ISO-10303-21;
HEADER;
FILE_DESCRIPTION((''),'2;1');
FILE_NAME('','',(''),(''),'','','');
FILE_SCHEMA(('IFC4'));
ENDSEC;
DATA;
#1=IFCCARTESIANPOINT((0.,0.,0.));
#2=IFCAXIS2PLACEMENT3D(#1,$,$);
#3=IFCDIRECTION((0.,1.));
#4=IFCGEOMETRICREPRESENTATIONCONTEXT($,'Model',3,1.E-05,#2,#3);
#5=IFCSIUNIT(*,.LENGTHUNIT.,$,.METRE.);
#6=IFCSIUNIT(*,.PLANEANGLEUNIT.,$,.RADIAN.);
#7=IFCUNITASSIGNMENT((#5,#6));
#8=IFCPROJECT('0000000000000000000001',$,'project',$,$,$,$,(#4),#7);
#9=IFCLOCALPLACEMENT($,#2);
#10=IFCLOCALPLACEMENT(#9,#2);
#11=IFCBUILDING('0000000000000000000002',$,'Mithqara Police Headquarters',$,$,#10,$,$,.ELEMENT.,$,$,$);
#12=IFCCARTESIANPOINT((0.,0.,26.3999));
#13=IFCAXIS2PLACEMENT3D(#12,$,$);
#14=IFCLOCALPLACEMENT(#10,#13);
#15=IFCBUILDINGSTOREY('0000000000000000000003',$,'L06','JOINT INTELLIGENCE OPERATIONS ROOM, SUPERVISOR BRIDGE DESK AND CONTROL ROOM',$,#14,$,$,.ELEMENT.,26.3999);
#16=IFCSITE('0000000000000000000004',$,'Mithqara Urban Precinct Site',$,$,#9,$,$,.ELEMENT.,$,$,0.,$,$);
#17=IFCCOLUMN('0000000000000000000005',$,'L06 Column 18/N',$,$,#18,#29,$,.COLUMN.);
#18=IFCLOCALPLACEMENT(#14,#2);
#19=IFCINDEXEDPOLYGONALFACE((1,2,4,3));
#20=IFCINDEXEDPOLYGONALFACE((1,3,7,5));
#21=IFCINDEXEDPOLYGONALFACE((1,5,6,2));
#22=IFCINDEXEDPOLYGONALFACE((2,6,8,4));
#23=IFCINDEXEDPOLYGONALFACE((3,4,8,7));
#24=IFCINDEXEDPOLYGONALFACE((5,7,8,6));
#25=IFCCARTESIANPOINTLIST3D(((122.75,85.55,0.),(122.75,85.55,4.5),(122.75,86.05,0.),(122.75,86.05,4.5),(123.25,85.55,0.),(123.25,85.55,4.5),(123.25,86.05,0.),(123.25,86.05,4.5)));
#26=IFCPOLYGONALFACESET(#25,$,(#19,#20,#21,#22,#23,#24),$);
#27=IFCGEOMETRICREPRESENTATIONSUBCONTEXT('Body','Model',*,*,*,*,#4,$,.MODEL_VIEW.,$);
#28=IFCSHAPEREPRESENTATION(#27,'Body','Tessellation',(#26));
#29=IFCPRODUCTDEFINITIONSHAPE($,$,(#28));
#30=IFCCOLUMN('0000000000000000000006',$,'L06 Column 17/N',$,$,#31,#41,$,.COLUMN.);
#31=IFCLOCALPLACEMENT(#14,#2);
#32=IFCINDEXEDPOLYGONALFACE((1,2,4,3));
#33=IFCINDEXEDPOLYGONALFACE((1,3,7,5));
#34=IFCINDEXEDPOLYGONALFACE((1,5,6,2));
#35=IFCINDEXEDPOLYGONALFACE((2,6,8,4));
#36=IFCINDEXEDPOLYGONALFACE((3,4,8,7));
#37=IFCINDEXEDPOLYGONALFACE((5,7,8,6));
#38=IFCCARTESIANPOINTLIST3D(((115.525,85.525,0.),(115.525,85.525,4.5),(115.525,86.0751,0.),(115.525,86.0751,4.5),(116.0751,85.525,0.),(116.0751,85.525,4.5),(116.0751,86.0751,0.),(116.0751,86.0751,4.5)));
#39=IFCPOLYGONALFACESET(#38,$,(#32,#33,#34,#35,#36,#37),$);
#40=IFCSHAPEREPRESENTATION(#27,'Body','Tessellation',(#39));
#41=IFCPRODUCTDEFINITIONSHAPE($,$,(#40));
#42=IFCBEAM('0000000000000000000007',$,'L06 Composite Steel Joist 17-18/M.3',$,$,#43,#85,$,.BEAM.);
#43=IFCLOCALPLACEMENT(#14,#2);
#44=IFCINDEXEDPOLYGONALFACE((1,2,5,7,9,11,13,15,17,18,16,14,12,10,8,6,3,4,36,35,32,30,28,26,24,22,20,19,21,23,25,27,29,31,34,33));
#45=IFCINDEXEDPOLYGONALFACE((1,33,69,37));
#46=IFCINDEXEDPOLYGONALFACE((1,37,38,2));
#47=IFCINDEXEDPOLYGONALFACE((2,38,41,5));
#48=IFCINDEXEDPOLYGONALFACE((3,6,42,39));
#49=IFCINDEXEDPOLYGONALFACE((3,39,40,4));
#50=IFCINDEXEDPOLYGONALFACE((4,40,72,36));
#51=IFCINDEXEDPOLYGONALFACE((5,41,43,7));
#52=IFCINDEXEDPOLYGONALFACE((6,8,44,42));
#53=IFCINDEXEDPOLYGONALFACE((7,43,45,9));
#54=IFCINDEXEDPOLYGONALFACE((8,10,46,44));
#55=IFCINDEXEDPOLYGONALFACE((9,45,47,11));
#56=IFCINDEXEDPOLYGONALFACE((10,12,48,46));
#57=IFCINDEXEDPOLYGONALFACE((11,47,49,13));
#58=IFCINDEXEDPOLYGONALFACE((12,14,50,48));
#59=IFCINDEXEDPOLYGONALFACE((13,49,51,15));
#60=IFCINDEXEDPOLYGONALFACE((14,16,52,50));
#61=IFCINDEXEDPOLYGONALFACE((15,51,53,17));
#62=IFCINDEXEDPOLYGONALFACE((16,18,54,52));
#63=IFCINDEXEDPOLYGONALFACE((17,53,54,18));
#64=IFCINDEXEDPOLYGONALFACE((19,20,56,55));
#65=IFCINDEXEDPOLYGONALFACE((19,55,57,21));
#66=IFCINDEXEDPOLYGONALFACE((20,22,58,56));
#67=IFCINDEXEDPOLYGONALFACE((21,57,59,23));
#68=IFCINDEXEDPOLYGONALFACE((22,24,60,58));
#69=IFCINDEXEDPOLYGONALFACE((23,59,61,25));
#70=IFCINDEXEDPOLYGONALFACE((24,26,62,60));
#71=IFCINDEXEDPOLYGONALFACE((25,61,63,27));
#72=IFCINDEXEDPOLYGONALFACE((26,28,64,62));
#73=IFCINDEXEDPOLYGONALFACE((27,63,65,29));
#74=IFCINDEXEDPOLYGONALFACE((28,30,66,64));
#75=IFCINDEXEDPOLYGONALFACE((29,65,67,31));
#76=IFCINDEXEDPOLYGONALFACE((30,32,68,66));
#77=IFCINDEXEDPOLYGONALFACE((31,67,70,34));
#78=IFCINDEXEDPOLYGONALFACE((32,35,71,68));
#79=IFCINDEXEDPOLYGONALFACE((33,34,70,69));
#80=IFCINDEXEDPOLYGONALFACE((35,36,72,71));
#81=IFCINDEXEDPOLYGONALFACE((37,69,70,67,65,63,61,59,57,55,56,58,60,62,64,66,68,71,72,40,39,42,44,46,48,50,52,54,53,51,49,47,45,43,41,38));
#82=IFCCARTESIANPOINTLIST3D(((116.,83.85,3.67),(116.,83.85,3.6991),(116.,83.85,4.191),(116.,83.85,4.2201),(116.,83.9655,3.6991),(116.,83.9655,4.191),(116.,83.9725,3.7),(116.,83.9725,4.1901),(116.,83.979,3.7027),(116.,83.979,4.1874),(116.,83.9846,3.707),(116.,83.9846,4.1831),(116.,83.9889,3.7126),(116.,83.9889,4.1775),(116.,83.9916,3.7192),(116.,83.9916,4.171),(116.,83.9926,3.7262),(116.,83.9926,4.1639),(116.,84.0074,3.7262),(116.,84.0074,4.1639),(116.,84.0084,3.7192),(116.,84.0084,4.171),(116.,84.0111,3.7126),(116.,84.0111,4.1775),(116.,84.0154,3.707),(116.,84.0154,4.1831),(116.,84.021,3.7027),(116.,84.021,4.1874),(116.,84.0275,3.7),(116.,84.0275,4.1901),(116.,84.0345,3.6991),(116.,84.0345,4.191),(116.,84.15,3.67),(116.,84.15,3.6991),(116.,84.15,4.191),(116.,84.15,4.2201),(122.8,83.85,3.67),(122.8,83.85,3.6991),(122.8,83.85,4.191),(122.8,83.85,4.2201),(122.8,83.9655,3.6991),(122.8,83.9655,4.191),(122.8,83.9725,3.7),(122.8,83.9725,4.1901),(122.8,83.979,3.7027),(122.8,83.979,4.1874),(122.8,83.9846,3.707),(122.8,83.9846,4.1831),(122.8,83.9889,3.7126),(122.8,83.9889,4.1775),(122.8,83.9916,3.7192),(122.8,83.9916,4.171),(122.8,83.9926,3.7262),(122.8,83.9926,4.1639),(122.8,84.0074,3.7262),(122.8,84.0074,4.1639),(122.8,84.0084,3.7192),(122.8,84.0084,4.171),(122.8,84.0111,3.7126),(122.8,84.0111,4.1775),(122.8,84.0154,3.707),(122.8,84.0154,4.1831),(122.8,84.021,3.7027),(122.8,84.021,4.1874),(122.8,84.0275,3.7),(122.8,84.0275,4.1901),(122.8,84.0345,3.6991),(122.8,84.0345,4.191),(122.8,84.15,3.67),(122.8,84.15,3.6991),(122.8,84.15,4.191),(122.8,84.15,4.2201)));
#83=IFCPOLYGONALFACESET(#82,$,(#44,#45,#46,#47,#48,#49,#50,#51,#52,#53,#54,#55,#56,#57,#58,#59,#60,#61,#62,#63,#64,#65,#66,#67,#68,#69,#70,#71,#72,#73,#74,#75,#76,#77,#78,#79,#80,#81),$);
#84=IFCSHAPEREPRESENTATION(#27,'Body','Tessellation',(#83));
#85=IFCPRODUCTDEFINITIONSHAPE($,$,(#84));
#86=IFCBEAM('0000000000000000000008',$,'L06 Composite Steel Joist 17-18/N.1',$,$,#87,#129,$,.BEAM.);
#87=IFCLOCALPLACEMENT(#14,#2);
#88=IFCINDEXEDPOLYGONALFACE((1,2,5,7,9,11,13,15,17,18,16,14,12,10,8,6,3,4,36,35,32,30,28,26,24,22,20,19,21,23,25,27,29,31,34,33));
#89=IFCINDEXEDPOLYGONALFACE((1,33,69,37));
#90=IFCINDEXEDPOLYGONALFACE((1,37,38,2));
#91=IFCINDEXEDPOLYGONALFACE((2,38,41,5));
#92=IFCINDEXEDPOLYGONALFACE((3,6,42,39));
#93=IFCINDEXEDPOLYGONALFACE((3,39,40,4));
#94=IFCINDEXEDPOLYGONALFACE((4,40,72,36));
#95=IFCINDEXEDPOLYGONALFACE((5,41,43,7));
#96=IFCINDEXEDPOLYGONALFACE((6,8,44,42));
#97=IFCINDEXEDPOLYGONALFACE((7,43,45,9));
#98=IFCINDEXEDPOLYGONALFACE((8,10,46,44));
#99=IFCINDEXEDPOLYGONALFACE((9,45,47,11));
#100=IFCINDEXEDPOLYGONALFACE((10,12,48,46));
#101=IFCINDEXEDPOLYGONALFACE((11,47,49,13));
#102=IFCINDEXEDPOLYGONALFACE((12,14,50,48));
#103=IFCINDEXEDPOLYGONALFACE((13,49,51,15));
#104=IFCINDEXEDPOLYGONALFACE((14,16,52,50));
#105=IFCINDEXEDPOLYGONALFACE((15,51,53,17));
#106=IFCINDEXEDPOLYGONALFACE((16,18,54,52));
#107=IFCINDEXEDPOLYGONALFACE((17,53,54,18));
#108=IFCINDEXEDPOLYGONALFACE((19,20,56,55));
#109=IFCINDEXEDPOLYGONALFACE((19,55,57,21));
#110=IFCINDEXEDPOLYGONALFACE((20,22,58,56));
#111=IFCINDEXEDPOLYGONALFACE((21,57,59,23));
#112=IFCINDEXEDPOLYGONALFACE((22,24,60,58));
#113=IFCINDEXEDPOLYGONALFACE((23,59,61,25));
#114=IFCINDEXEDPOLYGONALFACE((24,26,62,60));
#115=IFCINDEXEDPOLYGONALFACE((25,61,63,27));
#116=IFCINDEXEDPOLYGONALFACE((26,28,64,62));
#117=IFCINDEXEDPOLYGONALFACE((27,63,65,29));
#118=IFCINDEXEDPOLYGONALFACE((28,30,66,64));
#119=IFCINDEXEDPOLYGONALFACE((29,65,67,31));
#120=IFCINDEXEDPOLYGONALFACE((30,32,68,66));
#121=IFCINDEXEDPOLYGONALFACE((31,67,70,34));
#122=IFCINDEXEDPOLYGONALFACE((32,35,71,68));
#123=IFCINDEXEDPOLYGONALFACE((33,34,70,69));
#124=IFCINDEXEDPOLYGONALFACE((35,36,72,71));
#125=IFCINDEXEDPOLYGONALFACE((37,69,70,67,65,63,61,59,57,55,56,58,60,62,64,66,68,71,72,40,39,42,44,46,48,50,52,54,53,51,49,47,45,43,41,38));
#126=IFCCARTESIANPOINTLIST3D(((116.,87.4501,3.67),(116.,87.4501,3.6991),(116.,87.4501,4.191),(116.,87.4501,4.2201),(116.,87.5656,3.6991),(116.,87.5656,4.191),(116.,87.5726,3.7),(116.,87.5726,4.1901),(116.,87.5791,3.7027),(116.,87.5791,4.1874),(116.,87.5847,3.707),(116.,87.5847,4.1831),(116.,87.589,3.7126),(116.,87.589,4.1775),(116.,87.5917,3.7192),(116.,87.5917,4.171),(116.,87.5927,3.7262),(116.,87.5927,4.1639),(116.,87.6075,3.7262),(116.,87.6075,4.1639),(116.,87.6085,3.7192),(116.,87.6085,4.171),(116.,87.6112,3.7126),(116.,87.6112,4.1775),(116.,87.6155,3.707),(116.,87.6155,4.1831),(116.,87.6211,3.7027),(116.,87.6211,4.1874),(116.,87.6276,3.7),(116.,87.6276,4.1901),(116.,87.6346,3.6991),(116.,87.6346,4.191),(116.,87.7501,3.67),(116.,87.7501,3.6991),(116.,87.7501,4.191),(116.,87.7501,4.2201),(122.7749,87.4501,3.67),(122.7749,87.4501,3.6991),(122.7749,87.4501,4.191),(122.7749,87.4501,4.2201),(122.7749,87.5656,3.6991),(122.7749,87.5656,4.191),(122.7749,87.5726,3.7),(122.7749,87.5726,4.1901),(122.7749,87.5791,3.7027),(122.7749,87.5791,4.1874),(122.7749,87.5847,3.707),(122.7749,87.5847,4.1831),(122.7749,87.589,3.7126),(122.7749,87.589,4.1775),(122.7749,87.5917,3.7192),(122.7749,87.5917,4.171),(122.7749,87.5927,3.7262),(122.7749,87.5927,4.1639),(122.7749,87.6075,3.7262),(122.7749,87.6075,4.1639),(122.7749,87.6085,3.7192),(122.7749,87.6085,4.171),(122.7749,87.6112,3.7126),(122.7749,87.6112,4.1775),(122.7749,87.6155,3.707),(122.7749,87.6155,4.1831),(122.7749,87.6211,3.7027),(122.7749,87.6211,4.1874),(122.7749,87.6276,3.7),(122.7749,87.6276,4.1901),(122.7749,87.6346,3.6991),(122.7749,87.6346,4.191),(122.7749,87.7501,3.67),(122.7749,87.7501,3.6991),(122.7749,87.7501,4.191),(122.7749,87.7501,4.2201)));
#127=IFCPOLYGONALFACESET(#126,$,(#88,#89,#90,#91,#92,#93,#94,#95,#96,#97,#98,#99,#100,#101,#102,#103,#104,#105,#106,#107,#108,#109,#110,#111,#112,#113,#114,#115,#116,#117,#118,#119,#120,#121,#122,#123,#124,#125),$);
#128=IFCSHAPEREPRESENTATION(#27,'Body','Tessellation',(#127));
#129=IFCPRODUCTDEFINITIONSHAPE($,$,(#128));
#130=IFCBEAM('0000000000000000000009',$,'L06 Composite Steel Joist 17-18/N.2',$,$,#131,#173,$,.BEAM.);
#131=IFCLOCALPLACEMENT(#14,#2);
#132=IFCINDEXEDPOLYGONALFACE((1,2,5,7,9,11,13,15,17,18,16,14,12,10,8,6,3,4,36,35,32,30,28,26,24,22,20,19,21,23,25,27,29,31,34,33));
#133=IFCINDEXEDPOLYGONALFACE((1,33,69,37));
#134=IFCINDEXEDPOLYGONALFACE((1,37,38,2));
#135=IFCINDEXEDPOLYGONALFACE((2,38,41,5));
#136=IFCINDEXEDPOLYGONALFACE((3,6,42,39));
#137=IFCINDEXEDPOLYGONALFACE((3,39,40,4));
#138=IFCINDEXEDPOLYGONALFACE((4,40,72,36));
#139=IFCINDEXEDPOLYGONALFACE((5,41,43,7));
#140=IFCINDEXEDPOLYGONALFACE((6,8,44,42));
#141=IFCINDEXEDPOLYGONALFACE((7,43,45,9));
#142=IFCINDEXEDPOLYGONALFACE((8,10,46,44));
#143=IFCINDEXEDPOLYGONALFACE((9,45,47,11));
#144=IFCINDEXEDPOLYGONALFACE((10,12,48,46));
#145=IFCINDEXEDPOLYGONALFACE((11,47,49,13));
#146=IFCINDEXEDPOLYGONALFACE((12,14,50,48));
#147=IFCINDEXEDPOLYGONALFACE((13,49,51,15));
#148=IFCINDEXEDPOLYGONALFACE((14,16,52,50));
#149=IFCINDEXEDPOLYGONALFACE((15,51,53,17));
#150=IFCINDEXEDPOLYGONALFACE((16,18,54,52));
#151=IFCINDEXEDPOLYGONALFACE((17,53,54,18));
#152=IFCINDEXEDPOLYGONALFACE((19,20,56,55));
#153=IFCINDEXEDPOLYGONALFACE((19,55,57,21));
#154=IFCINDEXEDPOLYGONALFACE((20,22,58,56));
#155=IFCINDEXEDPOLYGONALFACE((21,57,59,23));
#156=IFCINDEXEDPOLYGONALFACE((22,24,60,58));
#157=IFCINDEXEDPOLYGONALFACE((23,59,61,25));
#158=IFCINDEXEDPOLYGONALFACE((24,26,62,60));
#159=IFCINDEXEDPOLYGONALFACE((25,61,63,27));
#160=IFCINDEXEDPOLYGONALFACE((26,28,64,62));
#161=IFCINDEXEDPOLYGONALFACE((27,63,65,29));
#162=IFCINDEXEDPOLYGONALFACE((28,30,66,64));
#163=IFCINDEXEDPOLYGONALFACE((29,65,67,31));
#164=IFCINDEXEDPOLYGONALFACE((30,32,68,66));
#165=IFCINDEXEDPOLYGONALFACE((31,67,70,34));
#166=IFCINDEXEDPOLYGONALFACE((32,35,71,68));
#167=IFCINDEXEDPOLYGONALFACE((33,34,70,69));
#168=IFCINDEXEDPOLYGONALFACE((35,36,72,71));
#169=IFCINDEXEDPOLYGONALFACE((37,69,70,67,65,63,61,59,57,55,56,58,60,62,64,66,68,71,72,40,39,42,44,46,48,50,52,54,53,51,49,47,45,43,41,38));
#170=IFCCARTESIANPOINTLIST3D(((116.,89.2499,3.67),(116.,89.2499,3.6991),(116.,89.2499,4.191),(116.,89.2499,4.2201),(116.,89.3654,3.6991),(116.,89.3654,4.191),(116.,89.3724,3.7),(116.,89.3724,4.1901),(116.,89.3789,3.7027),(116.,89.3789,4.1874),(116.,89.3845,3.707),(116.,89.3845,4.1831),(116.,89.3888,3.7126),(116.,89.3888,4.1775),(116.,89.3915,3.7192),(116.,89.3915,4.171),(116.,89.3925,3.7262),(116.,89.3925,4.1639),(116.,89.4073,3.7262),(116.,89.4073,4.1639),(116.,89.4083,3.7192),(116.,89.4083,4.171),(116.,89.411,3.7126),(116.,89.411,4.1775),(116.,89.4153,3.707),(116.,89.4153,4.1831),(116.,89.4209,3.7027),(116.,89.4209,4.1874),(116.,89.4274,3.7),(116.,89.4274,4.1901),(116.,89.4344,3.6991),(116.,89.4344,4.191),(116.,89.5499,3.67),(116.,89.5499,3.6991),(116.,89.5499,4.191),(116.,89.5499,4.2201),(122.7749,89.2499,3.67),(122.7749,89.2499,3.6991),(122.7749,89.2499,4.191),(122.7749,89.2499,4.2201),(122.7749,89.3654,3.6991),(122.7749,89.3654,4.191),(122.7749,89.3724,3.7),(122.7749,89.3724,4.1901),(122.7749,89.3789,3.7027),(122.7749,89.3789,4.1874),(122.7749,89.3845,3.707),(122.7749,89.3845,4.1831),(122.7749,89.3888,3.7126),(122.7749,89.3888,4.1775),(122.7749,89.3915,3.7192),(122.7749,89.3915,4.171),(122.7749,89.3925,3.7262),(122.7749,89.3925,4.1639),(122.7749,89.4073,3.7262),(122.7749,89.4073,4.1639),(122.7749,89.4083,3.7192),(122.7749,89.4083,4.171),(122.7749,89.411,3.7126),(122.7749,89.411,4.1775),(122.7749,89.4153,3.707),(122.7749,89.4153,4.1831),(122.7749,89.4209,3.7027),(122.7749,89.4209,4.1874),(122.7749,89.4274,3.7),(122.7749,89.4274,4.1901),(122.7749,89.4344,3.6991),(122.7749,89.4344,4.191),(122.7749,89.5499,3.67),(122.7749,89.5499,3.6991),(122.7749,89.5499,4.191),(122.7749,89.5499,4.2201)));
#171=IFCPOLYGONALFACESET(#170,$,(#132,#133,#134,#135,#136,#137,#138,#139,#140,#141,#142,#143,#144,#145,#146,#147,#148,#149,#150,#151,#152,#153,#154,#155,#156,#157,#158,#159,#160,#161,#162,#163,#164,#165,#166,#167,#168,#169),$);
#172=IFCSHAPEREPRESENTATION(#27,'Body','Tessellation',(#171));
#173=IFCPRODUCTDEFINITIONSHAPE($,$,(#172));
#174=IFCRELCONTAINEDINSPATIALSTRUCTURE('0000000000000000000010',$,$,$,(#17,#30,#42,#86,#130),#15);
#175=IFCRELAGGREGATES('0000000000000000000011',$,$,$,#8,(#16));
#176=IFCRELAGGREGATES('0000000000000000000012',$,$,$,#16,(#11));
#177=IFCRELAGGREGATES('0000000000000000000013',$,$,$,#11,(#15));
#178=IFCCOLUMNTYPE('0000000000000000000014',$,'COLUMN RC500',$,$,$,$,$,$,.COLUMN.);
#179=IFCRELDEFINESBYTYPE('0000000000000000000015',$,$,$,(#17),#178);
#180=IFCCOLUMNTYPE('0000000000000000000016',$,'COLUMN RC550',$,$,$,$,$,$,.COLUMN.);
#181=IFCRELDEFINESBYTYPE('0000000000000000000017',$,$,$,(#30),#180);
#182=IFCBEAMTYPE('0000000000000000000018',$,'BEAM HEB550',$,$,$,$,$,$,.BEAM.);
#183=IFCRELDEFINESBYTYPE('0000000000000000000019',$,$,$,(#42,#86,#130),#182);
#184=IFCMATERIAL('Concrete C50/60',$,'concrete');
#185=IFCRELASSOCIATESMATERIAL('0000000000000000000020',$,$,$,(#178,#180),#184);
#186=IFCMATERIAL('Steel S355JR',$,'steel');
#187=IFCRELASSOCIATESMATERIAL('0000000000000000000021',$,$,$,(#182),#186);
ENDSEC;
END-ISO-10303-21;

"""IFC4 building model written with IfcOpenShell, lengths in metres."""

from ifc_helpers import new_model, si_unit, direction, frame, origin, origin_2d, place, context, subcontext, project, spatial, rectangle, i_section, extrude, material, material_profile, profile_set, type_object, element, save


model = new_model("IFC4")

# Units and contexts
model_context = context("Model", 3, precision=1e-05, world=origin(), true_north=direction((0.0, 1.0)))
body_context = subcontext(model_context, "Body", "Model", "MODEL_VIEW")
ifc_project = project(units=[si_unit("LENGTHUNIT", "METRE"), si_unit("PLANEANGLEUNIT", "RADIAN")], contexts=[model_context])

# Site, building, storey
site_placement = place(None, origin())
site = spatial("IfcSite", under=ifc_project, at=site_placement, Name="Mithqara Urban Precinct Site", CompositionType="ELEMENT", RefElevation=0.0)
building_placement = place(site_placement, origin())
building = spatial("IfcBuilding", under=site, at=building_placement, Name="Mithqara Police Headquarters", CompositionType="ELEMENT")
storey_placement = place(building_placement, frame((0.0, 0.0, 26.3999)))
storey = spatial("IfcBuildingStorey", under=building, at=storey_placement, Name="L06", Description="JOINT INTELLIGENCE OPERATIONS ROOM, SUPERVISOR BRIDGE DESK AND CONTROL ROOM", CompositionType="ELEMENT", Elevation=26.3999)

# Columns
ifc_material_1 = material(Name="Concrete C50/60", Category="concrete")
ifc_material_profile_1 = material_profile(ifc_material_1, rectangle(XDim=0.5, YDim=0.5, at=origin_2d()), Name="RC 500x500")
ifc_profile_set_1 = profile_set([ifc_material_profile_1], Name="Concrete C50/60")
column_type_1 = type_object("IfcColumnType", Name="COLUMN RC500", PredefinedType="COLUMN", material=ifc_profile_set_1)
column_1_placement = place(storey_placement, frame((123.0, 85.8, 0.0), z_axis=(0.0, 0.0, 1.0), x_axis=(1.0, 0.0, 0.0)))
element("IfcColumn", 1, at=column_1_placement, inside=storey, type_object=column_type_1, Name="L06 Column 18/N", PredefinedType="COLUMN", context=body_context, shape_type="SweptSolid", body=[
    extrude(rectangle(XDim=0.5, YDim=0.5, at=origin_2d()), origin(), (0.0, 0.0, 1.0), 4.5),
])
ifc_material_profile_2 = material_profile(ifc_material_1, rectangle(XDim=0.55, YDim=0.55, at=origin_2d()), Name="RC 550x550")
ifc_profile_set_2 = profile_set([ifc_material_profile_2], Name="Concrete C50/60")
column_type_2 = type_object("IfcColumnType", Name="COLUMN RC550", PredefinedType="COLUMN", material=ifc_profile_set_2)
column_2_placement = place(storey_placement, frame((115.8, 85.8, 0.0), z_axis=(0.0, 0.0, 1.0), x_axis=(1.0, 0.0, 0.0)))
element("IfcColumn", 2, at=column_2_placement, inside=storey, type_object=column_type_2, Name="L06 Column 17/N", PredefinedType="COLUMN", context=body_context, shape_type="SweptSolid", body=[
    extrude(rectangle(XDim=0.55, YDim=0.55, at=origin_2d()), origin(), (0.0, 0.0, 1.0), 4.5),
])

# Beams
ifc_material_2 = material(Name="Steel S355JR", Category="steel")
ifc_material_profile_3 = material_profile(ifc_material_2, i_section(OverallWidth=0.3, OverallDepth=0.55, WebThickness=0.0149, FlangeThickness=0.0291, FilletRadius=0.0271, at=origin_2d()), Name="HEB 550")
ifc_profile_set_3 = profile_set([ifc_material_profile_3], Name="Steel S355JR")
beam_type_1 = type_object("IfcBeamType", Name="BEAM HEB550", PredefinedType="BEAM", material=ifc_profile_set_3)
beam_1_placement = place(storey_placement, frame((116.0, 84.0, 3.9451), z_axis=(1.0, 0.0, 0.0), x_axis=(0.0, 1.0, 0.0)))
element("IfcBeam", 3, at=beam_1_placement, inside=storey, type_object=beam_type_1, Name="L06 Composite Steel Joist 17-18/M.3", PredefinedType="BEAM", context=body_context, shape_type="SweptSolid", body=[
    extrude(i_section(OverallWidth=0.3, OverallDepth=0.55, WebThickness=0.0149, FlangeThickness=0.0291, FilletRadius=0.0271, at=origin_2d()), origin(), (0.0, 0.0, 1.0), 6.8),
])
for number, where, z_axis, x_axis, name in (
    (4, (116.0, 87.6001, 3.9451), (1.0, 0.0, 0.0), (0.0, 1.0, 0.0), "L06 Composite Steel Joist 17-18/N.1"),
    (5, (116.0, 89.3999, 3.9451), (1.0, 0.0, 0.0), (0.0, 1.0, 0.0), "L06 Composite Steel Joist 17-18/N.2"),
):
    element("IfcBeam", number, at=place(storey_placement, frame(where, z_axis=z_axis, x_axis=x_axis)), inside=storey, type_object=beam_type_1, Name=name, PredefinedType="BEAM", context=body_context, shape_type="SweptSolid", body=[
        extrude(i_section(OverallWidth=0.3, OverallDepth=0.55, WebThickness=0.0149, FlangeThickness=0.0291, FilletRadius=0.0271, at=origin_2d()), origin(), (0.0, 0.0, 1.0), 6.7749),
    ])

save(model, "model.ifc")
